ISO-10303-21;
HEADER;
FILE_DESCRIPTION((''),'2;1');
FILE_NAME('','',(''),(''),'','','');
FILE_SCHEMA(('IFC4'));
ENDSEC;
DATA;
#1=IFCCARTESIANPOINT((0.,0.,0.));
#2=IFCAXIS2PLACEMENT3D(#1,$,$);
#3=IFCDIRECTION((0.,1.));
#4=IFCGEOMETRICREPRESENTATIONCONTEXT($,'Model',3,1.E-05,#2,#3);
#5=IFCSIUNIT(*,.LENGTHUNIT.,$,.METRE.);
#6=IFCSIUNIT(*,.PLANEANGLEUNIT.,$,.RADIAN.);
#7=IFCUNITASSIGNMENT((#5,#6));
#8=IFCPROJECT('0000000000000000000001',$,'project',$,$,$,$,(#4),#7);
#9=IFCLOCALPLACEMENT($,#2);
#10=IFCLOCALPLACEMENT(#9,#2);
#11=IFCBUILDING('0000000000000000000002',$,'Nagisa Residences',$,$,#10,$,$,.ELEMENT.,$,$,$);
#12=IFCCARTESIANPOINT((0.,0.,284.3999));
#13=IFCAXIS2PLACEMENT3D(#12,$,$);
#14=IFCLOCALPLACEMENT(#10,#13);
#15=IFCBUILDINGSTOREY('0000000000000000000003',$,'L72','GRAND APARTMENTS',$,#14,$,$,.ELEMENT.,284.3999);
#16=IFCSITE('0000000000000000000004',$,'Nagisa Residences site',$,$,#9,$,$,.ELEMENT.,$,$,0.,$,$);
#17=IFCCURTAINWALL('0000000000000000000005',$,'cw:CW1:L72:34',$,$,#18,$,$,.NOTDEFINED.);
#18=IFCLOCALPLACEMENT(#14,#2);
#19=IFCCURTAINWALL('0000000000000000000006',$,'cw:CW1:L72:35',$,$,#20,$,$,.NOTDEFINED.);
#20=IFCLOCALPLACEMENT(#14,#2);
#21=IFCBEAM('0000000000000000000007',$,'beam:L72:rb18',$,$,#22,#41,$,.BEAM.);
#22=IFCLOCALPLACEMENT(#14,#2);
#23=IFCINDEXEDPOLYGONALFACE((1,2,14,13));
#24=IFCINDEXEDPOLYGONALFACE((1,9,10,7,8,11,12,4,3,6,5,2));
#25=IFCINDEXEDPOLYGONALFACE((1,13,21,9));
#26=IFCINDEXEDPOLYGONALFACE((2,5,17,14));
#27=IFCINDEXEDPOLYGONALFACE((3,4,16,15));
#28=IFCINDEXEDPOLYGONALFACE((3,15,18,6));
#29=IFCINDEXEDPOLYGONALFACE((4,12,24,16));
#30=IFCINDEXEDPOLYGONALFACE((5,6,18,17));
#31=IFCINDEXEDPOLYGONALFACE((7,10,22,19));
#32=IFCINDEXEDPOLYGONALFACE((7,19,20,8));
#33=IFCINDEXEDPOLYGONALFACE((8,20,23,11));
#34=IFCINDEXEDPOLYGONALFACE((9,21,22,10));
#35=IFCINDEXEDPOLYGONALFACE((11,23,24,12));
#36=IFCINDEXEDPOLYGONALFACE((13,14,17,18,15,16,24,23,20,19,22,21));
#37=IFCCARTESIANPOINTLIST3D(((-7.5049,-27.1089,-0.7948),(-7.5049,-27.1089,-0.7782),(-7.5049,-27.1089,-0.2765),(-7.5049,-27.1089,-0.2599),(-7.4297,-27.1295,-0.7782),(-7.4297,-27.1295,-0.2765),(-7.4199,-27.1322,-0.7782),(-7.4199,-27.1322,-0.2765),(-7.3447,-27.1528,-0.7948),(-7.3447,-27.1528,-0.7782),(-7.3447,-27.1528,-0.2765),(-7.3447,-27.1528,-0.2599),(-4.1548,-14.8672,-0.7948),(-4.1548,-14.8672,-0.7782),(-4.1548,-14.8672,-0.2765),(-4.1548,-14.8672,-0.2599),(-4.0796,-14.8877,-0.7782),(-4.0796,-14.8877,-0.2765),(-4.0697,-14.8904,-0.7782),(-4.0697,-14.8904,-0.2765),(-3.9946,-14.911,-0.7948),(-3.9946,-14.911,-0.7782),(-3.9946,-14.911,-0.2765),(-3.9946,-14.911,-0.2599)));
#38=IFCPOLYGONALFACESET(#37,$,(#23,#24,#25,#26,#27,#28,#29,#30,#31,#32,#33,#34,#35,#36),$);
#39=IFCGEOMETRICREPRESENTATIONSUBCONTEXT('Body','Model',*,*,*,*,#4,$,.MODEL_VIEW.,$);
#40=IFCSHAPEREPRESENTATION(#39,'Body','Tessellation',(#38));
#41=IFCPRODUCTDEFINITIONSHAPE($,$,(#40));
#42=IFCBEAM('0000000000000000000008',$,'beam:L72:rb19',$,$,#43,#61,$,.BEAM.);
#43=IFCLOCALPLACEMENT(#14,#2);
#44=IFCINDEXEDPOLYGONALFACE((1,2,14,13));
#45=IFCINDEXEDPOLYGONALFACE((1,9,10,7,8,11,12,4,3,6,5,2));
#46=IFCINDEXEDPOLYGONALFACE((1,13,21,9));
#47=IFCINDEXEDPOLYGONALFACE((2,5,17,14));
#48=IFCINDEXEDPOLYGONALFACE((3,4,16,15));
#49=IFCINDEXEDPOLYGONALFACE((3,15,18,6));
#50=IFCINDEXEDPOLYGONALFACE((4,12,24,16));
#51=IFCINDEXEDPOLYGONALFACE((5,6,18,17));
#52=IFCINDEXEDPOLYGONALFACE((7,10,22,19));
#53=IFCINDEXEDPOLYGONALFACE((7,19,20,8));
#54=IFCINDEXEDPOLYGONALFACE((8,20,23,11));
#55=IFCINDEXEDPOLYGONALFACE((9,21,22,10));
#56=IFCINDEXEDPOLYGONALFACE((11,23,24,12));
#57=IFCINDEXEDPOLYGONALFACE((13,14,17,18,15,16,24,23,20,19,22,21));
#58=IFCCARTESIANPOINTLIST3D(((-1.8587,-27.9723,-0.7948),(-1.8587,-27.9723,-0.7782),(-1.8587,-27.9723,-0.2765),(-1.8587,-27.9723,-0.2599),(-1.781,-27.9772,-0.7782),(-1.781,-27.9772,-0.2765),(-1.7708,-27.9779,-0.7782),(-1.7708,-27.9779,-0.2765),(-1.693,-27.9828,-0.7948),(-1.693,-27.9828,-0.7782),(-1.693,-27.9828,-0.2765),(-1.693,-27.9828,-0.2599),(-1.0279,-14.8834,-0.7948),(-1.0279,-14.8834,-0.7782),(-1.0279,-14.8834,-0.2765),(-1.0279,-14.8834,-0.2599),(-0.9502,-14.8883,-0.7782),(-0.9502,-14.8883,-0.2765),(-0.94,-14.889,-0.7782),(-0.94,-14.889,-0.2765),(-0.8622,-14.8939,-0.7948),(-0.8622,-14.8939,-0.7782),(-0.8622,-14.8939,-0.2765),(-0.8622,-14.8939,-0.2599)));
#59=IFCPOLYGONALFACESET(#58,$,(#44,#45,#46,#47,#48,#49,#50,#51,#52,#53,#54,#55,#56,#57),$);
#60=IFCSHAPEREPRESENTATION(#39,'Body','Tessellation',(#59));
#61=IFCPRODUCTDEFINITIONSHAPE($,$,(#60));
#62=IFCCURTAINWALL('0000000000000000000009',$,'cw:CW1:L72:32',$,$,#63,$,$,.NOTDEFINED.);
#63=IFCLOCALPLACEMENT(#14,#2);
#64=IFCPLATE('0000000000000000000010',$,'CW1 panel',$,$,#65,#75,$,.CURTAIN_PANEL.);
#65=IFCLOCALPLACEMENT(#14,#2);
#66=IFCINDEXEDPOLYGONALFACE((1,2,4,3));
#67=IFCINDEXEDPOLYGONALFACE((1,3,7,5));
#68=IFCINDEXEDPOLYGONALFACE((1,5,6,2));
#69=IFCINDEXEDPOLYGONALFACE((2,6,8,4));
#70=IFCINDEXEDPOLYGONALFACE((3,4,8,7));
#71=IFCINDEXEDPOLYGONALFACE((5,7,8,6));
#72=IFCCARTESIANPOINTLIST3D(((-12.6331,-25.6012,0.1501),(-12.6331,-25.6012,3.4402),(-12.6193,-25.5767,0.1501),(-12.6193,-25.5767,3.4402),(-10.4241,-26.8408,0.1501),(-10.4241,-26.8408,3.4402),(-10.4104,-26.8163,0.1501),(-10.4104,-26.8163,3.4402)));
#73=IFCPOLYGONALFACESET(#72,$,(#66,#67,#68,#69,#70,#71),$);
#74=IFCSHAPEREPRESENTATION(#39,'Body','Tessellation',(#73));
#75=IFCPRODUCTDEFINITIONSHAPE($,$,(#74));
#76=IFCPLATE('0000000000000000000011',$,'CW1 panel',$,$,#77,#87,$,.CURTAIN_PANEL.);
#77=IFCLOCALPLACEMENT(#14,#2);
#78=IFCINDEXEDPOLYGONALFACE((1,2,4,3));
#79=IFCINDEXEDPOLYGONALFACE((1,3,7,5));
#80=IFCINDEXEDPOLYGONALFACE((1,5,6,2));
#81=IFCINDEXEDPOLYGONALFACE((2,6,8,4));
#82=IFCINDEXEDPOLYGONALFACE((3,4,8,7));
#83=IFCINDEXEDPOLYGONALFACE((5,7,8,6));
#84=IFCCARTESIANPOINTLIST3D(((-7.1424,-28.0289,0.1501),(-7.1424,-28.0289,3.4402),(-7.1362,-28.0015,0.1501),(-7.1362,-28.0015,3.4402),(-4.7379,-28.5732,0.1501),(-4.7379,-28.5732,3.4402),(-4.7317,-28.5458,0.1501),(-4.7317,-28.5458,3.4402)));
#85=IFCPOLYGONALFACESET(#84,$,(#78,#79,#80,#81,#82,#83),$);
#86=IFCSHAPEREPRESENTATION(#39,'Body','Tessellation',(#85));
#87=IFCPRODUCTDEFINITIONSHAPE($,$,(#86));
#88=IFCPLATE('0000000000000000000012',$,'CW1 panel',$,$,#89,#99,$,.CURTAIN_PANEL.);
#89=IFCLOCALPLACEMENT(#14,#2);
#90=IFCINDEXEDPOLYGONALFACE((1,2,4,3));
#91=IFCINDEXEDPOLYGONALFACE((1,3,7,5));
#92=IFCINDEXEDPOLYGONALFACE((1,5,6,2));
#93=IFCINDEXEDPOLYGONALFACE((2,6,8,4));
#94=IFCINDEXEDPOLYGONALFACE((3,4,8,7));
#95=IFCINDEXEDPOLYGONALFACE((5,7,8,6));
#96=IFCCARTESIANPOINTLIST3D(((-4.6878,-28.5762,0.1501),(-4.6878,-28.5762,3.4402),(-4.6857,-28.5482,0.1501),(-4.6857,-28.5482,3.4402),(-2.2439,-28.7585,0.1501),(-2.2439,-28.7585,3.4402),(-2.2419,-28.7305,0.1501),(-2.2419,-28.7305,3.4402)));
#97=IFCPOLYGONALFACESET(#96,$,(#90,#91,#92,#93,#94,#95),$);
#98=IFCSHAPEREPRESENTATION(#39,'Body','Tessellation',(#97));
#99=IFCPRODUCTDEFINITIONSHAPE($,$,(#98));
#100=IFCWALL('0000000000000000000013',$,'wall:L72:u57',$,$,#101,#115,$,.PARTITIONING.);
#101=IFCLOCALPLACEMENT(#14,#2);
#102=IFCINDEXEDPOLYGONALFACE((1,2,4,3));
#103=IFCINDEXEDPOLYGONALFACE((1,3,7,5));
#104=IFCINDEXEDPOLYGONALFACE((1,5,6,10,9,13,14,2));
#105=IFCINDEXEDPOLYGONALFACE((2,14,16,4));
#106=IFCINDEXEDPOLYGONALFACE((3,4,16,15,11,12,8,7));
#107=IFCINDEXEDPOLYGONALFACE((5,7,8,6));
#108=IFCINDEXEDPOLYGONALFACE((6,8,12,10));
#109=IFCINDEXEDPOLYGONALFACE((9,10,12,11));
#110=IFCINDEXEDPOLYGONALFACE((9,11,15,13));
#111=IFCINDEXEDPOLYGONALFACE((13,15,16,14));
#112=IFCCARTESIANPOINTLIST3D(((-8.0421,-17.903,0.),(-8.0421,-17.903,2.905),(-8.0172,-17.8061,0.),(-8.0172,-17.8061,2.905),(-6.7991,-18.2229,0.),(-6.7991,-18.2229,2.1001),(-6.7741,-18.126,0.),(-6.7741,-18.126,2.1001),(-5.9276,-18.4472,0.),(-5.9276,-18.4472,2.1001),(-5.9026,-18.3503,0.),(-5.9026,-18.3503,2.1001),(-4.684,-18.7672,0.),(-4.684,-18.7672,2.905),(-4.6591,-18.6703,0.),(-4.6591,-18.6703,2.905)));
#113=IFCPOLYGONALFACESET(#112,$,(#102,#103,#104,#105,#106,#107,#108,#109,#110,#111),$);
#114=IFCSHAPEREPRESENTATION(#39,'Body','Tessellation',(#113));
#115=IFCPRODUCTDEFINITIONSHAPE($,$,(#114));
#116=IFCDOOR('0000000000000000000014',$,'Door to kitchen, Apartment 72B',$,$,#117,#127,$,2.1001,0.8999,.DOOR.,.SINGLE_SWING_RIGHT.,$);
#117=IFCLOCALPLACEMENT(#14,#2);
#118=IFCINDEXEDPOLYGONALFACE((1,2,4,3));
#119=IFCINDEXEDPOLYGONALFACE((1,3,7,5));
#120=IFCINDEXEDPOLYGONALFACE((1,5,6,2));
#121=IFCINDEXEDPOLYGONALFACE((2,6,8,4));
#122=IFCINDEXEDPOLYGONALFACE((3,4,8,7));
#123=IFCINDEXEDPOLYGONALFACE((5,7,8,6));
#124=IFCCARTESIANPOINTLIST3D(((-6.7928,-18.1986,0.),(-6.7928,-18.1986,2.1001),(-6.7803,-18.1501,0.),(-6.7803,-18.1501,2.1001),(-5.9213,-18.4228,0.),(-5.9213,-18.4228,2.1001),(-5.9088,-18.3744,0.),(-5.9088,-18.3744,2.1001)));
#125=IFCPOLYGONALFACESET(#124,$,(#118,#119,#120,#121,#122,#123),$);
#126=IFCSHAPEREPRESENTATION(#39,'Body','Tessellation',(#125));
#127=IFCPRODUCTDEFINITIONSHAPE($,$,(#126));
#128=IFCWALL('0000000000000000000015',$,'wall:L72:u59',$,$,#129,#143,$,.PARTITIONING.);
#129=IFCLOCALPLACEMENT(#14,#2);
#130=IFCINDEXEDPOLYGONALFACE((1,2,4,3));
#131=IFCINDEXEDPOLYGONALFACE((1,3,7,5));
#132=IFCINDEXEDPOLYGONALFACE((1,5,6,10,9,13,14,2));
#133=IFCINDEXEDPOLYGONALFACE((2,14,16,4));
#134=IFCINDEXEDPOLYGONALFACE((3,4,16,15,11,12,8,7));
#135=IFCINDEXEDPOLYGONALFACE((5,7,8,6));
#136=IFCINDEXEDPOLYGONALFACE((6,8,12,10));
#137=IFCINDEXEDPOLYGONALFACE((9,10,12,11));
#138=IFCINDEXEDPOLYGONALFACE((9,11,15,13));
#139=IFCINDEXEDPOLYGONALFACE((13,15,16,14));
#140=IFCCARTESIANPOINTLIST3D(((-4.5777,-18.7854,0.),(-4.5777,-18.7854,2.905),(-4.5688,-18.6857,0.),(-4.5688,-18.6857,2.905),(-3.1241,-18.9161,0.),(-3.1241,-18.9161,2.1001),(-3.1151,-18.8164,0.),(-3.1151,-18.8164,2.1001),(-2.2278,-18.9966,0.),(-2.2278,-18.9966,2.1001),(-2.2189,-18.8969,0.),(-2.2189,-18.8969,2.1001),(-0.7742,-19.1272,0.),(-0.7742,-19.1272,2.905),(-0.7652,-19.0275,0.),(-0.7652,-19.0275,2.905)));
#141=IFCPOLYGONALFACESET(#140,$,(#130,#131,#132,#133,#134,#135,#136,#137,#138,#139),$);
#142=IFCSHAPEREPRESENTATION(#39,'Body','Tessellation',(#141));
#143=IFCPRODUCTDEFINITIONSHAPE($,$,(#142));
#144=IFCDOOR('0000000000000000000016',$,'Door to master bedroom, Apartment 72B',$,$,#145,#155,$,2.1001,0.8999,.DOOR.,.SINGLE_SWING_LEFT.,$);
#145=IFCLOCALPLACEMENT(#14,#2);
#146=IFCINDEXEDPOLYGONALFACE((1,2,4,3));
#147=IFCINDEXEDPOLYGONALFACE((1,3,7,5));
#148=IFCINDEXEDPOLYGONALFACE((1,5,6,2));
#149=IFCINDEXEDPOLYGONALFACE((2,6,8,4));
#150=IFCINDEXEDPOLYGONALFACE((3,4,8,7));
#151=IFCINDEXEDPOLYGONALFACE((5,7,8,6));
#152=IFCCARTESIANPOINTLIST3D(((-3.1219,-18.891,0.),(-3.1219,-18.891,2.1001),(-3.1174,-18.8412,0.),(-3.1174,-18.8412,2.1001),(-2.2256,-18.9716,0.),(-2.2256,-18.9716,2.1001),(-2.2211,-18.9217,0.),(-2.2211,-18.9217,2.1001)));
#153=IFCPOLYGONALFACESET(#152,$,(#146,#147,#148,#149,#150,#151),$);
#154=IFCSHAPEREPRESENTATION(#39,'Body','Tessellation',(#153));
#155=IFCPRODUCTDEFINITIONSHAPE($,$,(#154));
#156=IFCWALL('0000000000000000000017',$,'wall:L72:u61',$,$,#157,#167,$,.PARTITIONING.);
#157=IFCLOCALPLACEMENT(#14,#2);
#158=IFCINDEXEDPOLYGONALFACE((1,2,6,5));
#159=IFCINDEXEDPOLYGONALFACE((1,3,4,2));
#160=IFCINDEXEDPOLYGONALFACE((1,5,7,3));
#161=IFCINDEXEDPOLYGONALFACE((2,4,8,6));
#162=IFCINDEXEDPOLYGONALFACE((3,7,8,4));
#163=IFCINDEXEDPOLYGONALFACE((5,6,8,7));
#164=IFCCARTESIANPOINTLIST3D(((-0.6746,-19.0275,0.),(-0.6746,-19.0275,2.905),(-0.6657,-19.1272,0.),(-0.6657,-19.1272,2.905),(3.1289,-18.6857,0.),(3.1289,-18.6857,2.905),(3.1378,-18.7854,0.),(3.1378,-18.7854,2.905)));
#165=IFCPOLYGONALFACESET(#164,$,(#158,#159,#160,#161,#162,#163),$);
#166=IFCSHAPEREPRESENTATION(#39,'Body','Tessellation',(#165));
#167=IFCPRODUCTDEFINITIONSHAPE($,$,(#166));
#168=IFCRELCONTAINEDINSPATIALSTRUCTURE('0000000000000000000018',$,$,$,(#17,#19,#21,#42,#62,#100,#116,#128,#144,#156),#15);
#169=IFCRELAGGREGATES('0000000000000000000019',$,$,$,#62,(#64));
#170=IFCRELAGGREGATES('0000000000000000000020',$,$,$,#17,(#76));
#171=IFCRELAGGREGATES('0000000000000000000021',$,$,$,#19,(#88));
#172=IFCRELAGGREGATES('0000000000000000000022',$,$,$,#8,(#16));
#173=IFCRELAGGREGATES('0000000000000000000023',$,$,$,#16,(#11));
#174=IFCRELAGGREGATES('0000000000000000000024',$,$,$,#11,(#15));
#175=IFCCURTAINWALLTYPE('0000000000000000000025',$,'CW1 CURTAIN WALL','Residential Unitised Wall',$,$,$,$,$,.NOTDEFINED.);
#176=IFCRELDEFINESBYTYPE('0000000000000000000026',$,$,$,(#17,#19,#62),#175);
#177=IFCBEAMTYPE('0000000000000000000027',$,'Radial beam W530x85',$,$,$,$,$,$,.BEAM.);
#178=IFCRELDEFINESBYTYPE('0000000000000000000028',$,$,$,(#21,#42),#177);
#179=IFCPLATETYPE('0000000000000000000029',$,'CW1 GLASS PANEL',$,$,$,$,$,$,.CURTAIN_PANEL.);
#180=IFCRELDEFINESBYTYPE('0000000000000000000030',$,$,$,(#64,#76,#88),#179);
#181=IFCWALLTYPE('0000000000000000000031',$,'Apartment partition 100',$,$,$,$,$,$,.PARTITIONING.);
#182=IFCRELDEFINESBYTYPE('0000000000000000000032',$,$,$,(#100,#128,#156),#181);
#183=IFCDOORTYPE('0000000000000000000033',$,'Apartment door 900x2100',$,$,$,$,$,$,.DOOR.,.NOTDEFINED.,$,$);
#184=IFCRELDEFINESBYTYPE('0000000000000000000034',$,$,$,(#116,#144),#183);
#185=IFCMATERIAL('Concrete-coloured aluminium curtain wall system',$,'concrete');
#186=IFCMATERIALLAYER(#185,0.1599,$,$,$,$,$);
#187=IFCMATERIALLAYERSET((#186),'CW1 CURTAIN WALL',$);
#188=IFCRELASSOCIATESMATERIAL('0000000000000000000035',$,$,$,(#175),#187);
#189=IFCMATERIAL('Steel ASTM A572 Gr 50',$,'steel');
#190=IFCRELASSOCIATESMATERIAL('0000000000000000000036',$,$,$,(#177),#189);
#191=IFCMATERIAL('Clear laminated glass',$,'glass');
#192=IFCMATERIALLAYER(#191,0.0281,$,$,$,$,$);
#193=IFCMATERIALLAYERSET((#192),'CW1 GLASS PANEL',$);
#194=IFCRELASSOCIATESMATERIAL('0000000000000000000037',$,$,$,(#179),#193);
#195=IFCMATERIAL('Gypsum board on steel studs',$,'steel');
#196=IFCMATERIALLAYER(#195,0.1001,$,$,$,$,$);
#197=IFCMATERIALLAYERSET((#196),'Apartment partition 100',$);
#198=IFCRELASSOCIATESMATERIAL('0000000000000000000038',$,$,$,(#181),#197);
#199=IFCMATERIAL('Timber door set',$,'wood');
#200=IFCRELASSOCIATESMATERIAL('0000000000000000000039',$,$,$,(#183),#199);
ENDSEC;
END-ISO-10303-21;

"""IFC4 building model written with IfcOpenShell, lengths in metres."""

from ifc_helpers import new_model, si_unit, direction, frame, frame_2d, origin, origin_2d, place, context, subcontext, project, spatial, rectangle, i_section, extrude, material, layer, layer_set, material_profile, profile_set, type_object, element, fill, aggregate, save


model = new_model("IFC4")

# Units and contexts
model_context = context("Model", 3, precision=1e-05, world=origin(), true_north=direction((0.0, 1.0)))
body_context = subcontext(model_context, "Body", "Model", "MODEL_VIEW")
ifc_project = project(units=[si_unit("LENGTHUNIT", "METRE"), si_unit("PLANEANGLEUNIT", "RADIAN")], contexts=[model_context])

# Site, building, storey
site_placement = place(None, origin())
site = spatial("IfcSite", under=ifc_project, at=site_placement, Name="Nagisa Residences site", CompositionType="ELEMENT", RefElevation=0.0)
building_placement = place(site_placement, origin())
building = spatial("IfcBuilding", under=site, at=building_placement, Name="Nagisa Residences", CompositionType="ELEMENT")
storey_placement = place(building_placement, frame((0.0, 0.0, 284.3999)))
storey = spatial("IfcBuildingStorey", under=building, at=storey_placement, Name="L72", Description="GRAND APARTMENTS", CompositionType="ELEMENT", Elevation=284.3999)

# Curtain walls
ifc_material_1 = material(Name="Concrete-coloured aluminium curtain wall system", Category="concrete")
ifc_layer_1 = layer(ifc_material_1, 0.1599)
ifc_layer_set_1 = layer_set([ifc_layer_1], Name="CW1 CURTAIN WALL")
curtain_wall_type = type_object("IfcCurtainWallType", Name="CW1 CURTAIN WALL", Description="Residential Unitised Wall", PredefinedType="NOTDEFINED", material=ifc_layer_set_1)
curtain_wall_1_placement = place(storey_placement, origin())
curtain_wall_1 = element("IfcCurtainWall", 1, at=curtain_wall_1_placement, inside=storey, type_object=curtain_wall_type, Name="cw:CW1:L72:34", PredefinedType="NOTDEFINED")
curtain_wall_2_placement = place(storey_placement, origin())
curtain_wall_2 = element("IfcCurtainWall", 2, at=curtain_wall_2_placement, inside=storey, type_object=curtain_wall_type, Name="cw:CW1:L72:35", PredefinedType="NOTDEFINED")

# Beams
ifc_material_2 = material(Name="Steel ASTM A572 Gr 50", Category="steel")
ifc_material_profile_1 = material_profile(ifc_material_2, i_section(OverallWidth=0.166, OverallDepth=0.5349, WebThickness=0.0103, FlangeThickness=0.0166, at=origin_2d()), Name="W530x85")
ifc_profile_set_1 = profile_set([ifc_material_profile_1], Name="Steel ASTM A572 Gr 50")
beam_type_1 = type_object("IfcBeamType", Name="Radial beam W530x85", PredefinedType="BEAM", material=ifc_profile_set_1)
beam_1_placement = place(storey_placement, frame((-7.4248, -27.1309, -0.5273), z_axis=(0.263957, 0.964534, 0.0), x_axis=(-0.964534, 0.263957, 0.0)))
element("IfcBeam", 3, at=beam_1_placement, inside=storey, type_object=beam_type_1, Name="beam:L72:rb18", PredefinedType="BEAM", context=body_context, shape_type="SweptSolid", body=[
    extrude(i_section(OverallWidth=0.166, OverallDepth=0.5349, WebThickness=0.0103, FlangeThickness=0.0166, at=origin_2d()), origin(), (0.0, 0.0, 1.0), 12.6919),
])
beam_2_placement = place(storey_placement, frame((-1.7759, -27.9775, -0.5273), z_axis=(0.063347, 0.997992, 0.0), x_axis=(-0.997992, 0.063347, 0.0)))
element("IfcBeam", 4, at=beam_2_placement, inside=storey, type_object=beam_type_1, Name="beam:L72:rb19", PredefinedType="BEAM", context=body_context, shape_type="SweptSolid", body=[
    extrude(i_section(OverallWidth=0.166, OverallDepth=0.5349, WebThickness=0.0103, FlangeThickness=0.0166, at=origin_2d()), origin(), (0.0, 0.0, 1.0), 13.1152),
])

# Curtain wall, plate
curtain_wall_3_placement = place(storey_placement, origin())
curtain_wall_3 = element("IfcCurtainWall", 5, at=curtain_wall_3_placement, inside=storey, type_object=curtain_wall_type, Name="cw:CW1:L72:32", PredefinedType="NOTDEFINED")
ifc_material_3 = material(Name="Clear laminated glass", Category="glass")
ifc_layer_2 = layer(ifc_material_3, 0.0281)
ifc_layer_set_2 = layer_set([ifc_layer_2], Name="CW1 GLASS PANEL")
plate_type = type_object("IfcPlateType", Name="CW1 GLASS PANEL", PredefinedType="CURTAIN_PANEL", material=ifc_layer_set_2)
plate_1_placement = place(storey_placement, frame((-11.5217, -26.2087, 0.1501), z_axis=(0.0, 0.0, 1.0), x_axis=(0.872072, -0.489377, 0.0)))
plate_1 = element("IfcPlate", 6, at=plate_1_placement, type_object=plate_type, Name="CW1 panel", PredefinedType="CURTAIN_PANEL", context=body_context, shape_type="SweptSolid", body=[
    extrude(rectangle(XDim=2.533, YDim=0.0281, at=origin_2d()), origin(), (0.0, 0.0, 1.0), 3.29),
])
aggregate(curtain_wall_3, [plate_1])

# Plates
plate_2_placement = place(storey_placement, frame((-5.937, -28.2874, 0.1501), z_axis=(0.0, 0.0, 1.0), x_axis=(0.975327, -0.220764, 0.0)))
plate_2 = element("IfcPlate", 7, at=plate_2_placement, type_object=plate_type, Name="CW1 panel", PredefinedType="CURTAIN_PANEL", context=body_context, shape_type="SweptSolid", body=[
    extrude(rectangle(XDim=2.4653, YDim=0.0281, at=origin_2d()), origin(), (0.0, 0.0, 1.0), 3.29),
])
aggregate(curtain_wall_1, [plate_2])
plate_3_placement = place(storey_placement, frame((-3.4648, -28.6533, 0.1501), z_axis=(0.0, 0.0, 1.0), x_axis=(0.99723, -0.074377, 0.0)))
plate_3 = element("IfcPlate", 8, at=plate_3_placement, type_object=plate_type, Name="CW1 panel", PredefinedType="CURTAIN_PANEL", context=body_context, shape_type="SweptSolid", body=[
    extrude(rectangle(XDim=2.4507, YDim=0.0281, at=origin_2d()), origin(), (0.0, 0.0, 1.0), 3.29),
])
aggregate(curtain_wall_2, [plate_3])

# Walls, openings, doors
ifc_material_4 = material(Name="Gypsum board on steel studs", Category="steel")
ifc_layer_3 = layer(ifc_material_4, 0.1001)
ifc_layer_set_3 = layer_set([ifc_layer_3], Name="Apartment partition 100")
wall_type_1 = type_object("IfcWallType", Name="Apartment partition 100", PredefinedType="PARTITIONING", material=ifc_layer_set_3)
wall_1_placement = place(storey_placement, frame((-8.0298, -17.8545, 0.0), z_axis=(0.0, 0.0, 1.0), x_axis=(0.968442, -0.249239, 0.0)))
wall_1 = element("IfcWall", 9, at=wall_1_placement, inside=storey, type_object=wall_type_1, Name="wall:L72:u57", PredefinedType="PARTITIONING", context=body_context, shape_type="SweptSolid", body=[
    extrude(rectangle(XDim=3.4675, YDim=0.1001, at=frame_2d((1.7339, 0.0))), origin(), (0.0, 0.0, 1.0), 2.905),
])
opening_1_placement = place(wall_1_placement, frame((1.2837, 0.0, 0.0)))
opening_1 = element("IfcOpeningElement", 10, at=opening_1_placement, cuts=wall_1, PredefinedType="OPENING", context=body_context, shape_type="SweptSolid", body=[
    extrude(rectangle(XDim=0.8999, YDim=2.1001, at=frame_2d((0.45, 1.05))), frame((0.0, 0.0601, 0.0), z_axis=(0.0, -1.0, 0.0), x_axis=(1.0, 0.0, 0.0)), (0.0, 0.0, 1.0), 0.1201),
])
ifc_material_5 = material(Name="Timber door set", Category="wood")
door_type_1 = type_object("IfcDoorType", Name="Apartment door 900x2100", OperationType="NOTDEFINED", PredefinedType="DOOR", material=ifc_material_5)
door_1_placement = place(opening_1_placement, frame((0.8999, 0.0, 0.0), x_axis=(-1.0, 0.0, 0.0)))
door_1 = element("IfcDoor", 11, at=door_1_placement, inside=storey, type_object=door_type_1, Name="Door to kitchen, Apartment 72B", OperationType="SINGLE_SWING_RIGHT", OverallHeight=2.1001, OverallWidth=0.8999, PredefinedType="DOOR", context=body_context, shape_type="SweptSolid", body=[
    extrude(rectangle(XDim=0.8999, YDim=2.1001, at=frame_2d((0.45, 1.05))), frame((0.0, 0.0249, 0.0), z_axis=(0.0, -1.0, 0.0), x_axis=(1.0, 0.0, 0.0)), (0.0, 0.0, 1.0), 0.05),
])
fill(opening_1, door_1)
wall_2_placement = place(storey_placement, frame((-4.5732, -18.7356, 0.0), z_axis=(0.0, 0.0, 1.0), x_axis=(0.995986, -0.089504, 0.0)))
wall_2 = element("IfcWall", 12, at=wall_2_placement, inside=storey, type_object=wall_type_1, Name="wall:L72:u59", PredefinedType="PARTITIONING", context=body_context, shape_type="SweptSolid", body=[
    extrude(rectangle(XDim=3.8188, YDim=0.1001, at=frame_2d((1.9094, 0.0))), origin(), (0.0, 0.0, 1.0), 2.905),
])
opening_2_placement = place(wall_2_placement, frame((1.4595, 0.0, 0.0)))
opening_2 = element("IfcOpeningElement", 13, at=opening_2_placement, cuts=wall_2, PredefinedType="OPENING", context=body_context, shape_type="SweptSolid", body=[
    extrude(rectangle(XDim=0.8999, YDim=2.1001, at=frame_2d((0.45, 1.05))), frame((0.0, 0.0601, 0.0), z_axis=(0.0, -1.0, 0.0), x_axis=(1.0, 0.0, 0.0)), (0.0, 0.0, 1.0), 0.1201),
])
door_2_placement = place(opening_2_placement, frame((0.8999, 0.0, 0.0), x_axis=(-1.0, 0.0, 0.0)))
door_2 = element("IfcDoor", 14, at=door_2_placement, inside=storey, type_object=door_type_1, Name="Door to master bedroom, Apartment 72B", OperationType="SINGLE_SWING_LEFT", OverallHeight=2.1001, OverallWidth=0.8999, PredefinedType="DOOR", context=body_context, shape_type="SweptSolid", body=[
    extrude(rectangle(XDim=0.8999, YDim=2.1001, at=frame_2d((0.45, 1.05))), frame((0.0, 0.0249, 0.0), z_axis=(0.0, -1.0, 0.0), x_axis=(1.0, 0.0, 0.0)), (0.0, 0.0, 1.0), 0.05),
])
fill(opening_2, door_2)

# Wall
wall_3_placement = place(storey_placement, frame((-0.6702, -19.0774, 0.0), z_axis=(0.0, 0.0, 1.0), x_axis=(0.995986, 0.089504, 0.0)))
element("IfcWall", 15, at=wall_3_placement, inside=storey, type_object=wall_type_1, Name="wall:L72:u61", PredefinedType="PARTITIONING", context=body_context, shape_type="SweptSolid", body=[
    extrude(rectangle(XDim=3.8188, YDim=0.1001, at=frame_2d((1.9094, 0.0))), origin(), (0.0, 0.0, 1.0), 2.905),
])

save(model, "model.ifc")
